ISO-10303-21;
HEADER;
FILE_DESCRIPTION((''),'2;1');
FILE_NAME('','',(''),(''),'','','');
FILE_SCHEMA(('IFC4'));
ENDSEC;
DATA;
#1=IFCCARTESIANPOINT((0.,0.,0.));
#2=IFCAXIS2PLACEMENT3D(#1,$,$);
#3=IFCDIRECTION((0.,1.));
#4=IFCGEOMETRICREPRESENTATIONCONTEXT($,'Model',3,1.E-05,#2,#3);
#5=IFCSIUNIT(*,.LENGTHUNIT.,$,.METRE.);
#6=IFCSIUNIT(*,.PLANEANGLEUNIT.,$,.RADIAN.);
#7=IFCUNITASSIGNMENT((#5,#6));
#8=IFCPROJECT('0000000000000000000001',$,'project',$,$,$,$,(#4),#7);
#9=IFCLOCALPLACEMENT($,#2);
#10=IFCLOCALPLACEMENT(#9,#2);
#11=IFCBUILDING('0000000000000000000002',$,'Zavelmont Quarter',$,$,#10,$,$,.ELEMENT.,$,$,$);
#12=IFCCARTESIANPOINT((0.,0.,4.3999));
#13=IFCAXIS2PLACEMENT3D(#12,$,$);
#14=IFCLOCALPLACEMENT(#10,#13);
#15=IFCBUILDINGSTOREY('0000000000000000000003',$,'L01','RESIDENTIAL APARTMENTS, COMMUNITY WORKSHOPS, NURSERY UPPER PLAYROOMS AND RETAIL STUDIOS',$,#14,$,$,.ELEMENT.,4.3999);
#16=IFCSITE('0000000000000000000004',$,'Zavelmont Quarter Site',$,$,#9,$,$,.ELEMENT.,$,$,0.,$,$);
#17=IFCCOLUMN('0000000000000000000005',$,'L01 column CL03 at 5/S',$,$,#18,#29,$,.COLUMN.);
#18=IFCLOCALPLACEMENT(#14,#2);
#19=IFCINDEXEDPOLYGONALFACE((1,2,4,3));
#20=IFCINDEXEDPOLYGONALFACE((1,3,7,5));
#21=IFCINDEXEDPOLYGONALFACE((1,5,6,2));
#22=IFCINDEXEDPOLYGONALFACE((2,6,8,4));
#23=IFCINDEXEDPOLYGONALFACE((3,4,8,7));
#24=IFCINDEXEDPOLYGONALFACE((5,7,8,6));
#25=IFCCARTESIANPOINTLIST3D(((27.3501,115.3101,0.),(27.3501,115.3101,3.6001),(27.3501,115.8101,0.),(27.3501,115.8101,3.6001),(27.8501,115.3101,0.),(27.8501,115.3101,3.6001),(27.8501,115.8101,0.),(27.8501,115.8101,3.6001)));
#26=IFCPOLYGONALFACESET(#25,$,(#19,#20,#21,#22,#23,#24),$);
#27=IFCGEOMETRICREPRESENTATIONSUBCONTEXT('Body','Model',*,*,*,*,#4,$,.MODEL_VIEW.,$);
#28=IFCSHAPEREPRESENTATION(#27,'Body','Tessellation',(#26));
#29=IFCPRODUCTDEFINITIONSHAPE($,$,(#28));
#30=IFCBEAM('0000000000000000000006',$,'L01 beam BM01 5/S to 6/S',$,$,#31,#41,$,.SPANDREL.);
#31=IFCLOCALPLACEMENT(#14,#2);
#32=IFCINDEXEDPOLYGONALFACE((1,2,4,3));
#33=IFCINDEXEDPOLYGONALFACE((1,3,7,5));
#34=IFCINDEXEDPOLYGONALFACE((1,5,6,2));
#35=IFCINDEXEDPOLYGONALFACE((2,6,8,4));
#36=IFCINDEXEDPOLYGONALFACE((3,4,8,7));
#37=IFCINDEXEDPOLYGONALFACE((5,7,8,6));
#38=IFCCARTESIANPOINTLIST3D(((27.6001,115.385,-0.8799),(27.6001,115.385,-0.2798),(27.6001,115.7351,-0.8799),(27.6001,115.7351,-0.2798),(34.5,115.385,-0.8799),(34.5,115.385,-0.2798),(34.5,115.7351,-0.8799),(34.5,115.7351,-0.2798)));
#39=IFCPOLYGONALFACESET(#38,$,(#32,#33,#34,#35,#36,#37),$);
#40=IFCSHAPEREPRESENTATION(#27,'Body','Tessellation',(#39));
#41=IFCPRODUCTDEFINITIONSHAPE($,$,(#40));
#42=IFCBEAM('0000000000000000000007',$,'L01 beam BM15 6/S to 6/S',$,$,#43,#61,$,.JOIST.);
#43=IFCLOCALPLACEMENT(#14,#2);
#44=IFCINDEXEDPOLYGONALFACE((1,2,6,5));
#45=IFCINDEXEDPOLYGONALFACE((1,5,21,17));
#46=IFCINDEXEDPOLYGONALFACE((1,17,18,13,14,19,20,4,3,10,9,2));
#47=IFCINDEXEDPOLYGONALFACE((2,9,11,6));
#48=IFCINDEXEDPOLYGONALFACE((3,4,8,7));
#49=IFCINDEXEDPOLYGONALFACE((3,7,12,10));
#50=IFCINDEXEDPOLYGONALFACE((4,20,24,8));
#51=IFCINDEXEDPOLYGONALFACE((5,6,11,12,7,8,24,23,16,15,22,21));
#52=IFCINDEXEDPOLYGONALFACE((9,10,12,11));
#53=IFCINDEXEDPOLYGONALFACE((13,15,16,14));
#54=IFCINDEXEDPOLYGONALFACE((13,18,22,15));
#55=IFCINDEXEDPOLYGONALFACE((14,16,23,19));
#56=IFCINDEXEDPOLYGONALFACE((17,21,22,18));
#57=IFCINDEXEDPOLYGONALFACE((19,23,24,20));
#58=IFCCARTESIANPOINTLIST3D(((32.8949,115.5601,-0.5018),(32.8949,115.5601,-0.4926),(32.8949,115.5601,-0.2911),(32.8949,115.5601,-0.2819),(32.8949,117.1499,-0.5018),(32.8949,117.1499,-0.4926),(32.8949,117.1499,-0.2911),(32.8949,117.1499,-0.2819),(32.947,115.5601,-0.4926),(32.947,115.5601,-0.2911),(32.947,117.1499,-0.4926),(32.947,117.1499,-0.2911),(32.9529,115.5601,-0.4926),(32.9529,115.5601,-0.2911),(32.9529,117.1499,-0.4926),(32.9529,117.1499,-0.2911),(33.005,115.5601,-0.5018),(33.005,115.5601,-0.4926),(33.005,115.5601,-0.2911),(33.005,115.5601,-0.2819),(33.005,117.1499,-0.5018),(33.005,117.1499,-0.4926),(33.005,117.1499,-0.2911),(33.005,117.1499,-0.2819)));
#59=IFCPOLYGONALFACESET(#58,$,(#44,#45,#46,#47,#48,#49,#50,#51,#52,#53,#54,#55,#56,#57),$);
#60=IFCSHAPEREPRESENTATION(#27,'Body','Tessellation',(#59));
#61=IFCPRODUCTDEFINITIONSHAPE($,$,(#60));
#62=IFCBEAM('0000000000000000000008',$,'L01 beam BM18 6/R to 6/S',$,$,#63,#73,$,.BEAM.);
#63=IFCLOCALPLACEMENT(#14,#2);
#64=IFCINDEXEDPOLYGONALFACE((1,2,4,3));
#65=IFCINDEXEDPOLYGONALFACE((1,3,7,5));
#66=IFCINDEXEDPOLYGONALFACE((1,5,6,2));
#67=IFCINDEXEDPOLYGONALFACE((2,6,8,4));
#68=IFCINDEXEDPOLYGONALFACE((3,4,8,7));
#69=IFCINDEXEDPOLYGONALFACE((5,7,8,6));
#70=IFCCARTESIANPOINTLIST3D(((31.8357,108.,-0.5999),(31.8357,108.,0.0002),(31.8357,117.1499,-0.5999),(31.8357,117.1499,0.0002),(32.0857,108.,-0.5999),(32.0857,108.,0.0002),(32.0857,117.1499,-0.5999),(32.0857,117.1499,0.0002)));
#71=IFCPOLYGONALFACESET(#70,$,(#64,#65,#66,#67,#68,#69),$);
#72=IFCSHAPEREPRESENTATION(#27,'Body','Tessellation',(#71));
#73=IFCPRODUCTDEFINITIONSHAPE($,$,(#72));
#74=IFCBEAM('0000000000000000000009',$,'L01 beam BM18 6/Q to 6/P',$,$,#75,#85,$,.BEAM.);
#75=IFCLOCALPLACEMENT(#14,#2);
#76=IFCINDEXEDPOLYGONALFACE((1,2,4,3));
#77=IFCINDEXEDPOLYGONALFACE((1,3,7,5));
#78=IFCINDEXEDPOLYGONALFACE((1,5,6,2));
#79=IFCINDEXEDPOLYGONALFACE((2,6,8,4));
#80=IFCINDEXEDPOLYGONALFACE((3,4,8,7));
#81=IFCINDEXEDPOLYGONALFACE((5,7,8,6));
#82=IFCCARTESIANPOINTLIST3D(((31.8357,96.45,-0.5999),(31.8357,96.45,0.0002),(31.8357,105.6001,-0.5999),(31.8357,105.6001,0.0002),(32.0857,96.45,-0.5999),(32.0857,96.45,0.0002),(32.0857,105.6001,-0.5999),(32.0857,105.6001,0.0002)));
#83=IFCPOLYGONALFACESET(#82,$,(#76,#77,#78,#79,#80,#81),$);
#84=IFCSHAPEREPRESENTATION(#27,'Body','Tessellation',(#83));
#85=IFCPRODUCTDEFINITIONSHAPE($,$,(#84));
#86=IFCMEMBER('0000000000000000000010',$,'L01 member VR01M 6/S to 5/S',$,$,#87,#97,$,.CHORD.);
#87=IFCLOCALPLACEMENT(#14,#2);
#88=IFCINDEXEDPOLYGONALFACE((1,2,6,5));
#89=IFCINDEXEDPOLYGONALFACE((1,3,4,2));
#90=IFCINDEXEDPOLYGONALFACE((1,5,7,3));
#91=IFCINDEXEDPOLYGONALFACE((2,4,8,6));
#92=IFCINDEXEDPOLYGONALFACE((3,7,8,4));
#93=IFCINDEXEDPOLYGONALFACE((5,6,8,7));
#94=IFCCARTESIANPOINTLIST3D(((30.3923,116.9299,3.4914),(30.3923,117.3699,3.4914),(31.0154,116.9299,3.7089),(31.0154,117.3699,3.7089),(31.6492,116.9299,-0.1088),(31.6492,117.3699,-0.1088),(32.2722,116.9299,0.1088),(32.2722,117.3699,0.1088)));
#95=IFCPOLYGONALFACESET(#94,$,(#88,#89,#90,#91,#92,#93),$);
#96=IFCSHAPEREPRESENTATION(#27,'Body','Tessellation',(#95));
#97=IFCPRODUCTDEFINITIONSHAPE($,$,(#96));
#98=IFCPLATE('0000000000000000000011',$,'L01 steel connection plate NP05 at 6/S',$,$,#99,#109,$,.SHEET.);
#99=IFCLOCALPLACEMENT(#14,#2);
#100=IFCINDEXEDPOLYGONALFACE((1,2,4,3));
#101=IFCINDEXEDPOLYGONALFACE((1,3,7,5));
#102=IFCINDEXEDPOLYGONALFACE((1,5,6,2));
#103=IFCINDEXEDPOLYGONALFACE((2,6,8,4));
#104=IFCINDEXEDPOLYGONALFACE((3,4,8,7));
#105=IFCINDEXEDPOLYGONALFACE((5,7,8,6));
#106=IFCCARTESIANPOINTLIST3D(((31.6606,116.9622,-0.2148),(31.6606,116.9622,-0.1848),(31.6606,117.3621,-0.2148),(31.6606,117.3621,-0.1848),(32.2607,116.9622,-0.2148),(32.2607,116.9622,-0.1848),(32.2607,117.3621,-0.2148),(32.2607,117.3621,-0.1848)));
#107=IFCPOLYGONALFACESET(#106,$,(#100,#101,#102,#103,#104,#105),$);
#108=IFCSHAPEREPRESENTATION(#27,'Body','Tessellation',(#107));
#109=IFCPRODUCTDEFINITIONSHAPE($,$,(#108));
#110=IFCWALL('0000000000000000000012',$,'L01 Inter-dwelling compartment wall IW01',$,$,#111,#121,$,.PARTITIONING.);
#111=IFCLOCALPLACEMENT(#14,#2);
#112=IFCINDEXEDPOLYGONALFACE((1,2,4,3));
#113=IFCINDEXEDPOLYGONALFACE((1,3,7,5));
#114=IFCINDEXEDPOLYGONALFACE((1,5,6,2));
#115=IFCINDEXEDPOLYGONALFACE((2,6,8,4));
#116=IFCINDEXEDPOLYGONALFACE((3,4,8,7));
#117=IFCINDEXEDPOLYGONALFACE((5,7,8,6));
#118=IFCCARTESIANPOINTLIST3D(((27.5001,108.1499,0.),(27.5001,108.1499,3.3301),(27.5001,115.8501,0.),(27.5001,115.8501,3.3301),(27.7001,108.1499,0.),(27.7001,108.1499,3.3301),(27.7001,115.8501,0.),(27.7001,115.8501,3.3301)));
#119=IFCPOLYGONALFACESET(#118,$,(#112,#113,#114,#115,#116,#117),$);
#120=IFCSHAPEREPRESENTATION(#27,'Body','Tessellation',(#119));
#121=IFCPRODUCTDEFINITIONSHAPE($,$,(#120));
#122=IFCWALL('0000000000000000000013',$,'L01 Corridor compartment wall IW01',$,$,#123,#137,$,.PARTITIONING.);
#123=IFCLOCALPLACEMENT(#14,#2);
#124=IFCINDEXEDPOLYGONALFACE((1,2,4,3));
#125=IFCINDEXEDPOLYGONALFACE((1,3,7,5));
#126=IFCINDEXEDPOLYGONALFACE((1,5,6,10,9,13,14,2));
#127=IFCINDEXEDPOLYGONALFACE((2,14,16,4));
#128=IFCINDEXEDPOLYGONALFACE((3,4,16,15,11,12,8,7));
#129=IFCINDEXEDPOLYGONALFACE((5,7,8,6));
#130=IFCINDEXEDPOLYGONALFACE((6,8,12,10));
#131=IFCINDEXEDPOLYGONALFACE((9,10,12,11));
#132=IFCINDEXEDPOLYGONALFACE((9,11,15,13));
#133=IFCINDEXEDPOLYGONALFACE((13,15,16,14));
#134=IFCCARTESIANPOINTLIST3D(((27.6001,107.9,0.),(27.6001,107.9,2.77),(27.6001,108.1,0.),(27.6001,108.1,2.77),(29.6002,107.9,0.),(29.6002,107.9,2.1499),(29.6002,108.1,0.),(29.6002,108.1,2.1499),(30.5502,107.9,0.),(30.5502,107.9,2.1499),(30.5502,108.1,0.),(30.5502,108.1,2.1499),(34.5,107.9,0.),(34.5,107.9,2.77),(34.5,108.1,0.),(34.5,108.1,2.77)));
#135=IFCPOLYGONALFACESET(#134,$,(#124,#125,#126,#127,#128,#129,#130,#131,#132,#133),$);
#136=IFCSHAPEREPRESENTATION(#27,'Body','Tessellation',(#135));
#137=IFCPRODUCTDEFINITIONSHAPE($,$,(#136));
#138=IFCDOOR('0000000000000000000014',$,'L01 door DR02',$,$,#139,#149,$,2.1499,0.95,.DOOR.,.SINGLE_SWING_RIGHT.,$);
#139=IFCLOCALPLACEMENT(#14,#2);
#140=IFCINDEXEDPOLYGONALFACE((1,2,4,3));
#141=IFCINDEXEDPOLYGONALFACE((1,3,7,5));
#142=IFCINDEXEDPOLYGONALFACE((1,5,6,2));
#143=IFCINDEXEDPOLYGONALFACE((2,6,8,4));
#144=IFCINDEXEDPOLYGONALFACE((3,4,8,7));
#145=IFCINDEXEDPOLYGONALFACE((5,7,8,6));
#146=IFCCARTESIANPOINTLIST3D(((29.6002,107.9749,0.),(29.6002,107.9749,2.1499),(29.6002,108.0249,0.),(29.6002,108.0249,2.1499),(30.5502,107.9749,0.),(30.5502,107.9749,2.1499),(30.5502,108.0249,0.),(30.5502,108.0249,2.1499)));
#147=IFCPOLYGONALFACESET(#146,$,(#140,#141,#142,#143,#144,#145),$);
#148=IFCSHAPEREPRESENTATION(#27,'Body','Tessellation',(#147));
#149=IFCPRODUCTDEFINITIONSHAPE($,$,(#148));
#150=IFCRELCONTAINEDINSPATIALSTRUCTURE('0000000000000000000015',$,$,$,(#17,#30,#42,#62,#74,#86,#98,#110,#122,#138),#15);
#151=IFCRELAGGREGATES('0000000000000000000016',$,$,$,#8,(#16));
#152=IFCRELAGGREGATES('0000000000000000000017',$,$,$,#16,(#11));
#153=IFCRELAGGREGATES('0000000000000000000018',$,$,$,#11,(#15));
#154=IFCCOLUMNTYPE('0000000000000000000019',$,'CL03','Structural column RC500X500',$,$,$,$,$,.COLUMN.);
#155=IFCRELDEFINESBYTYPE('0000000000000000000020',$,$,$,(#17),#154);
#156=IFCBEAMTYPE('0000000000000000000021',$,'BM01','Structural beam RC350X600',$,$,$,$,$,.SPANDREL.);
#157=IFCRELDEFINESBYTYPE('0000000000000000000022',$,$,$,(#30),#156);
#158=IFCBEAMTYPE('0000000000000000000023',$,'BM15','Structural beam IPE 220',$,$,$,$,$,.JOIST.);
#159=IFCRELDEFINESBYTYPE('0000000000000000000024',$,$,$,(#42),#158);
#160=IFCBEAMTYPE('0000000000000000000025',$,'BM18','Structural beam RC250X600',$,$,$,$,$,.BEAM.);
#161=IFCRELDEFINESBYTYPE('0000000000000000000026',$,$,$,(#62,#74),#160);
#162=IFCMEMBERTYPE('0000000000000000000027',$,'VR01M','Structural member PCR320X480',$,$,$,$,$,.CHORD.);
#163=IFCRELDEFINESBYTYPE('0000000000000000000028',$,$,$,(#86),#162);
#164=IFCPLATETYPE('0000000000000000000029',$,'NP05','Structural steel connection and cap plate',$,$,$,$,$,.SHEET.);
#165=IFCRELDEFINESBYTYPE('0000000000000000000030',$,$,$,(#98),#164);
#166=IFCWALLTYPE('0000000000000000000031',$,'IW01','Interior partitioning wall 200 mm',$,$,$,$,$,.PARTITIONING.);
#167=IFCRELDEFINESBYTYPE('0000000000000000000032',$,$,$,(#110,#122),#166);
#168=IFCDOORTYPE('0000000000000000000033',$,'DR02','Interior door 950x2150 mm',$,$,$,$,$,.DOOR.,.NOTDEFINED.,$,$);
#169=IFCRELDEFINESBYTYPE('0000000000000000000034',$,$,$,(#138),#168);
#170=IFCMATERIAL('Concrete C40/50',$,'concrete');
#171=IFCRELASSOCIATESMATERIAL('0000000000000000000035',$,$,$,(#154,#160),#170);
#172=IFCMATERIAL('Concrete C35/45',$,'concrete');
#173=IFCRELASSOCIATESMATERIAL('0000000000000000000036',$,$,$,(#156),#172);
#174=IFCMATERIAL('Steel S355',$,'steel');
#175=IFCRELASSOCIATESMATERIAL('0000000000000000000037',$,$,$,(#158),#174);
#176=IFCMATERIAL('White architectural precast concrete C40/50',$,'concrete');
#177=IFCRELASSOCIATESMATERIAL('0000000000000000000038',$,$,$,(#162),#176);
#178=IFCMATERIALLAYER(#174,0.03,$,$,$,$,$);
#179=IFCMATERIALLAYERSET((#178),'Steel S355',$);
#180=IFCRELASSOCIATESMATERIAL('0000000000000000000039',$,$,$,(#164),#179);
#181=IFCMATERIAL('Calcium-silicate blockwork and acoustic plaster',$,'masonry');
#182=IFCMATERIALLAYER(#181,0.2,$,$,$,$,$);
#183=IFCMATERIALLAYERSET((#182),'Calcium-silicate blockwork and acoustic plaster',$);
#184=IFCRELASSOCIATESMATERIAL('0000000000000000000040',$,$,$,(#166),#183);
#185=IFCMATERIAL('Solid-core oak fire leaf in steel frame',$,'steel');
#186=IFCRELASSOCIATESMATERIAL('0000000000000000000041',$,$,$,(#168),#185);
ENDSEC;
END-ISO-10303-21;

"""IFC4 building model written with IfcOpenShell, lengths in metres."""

from ifc_helpers import new_model, si_unit, direction, frame, frame_2d, origin, origin_with_axes, origin_2d, place, context, subcontext, project, spatial, rectangle, i_section, extrude, material, layer, layer_set, material_profile, profile_set, type_object, element, fill, save


model = new_model("IFC4")

# Units and contexts
model_context = context("Model", 3, precision=1e-05, world=origin(), true_north=direction((0.0, 1.0)))
body_context = subcontext(model_context, "Body", "Model", "MODEL_VIEW")
ifc_project = project(units=[si_unit("LENGTHUNIT", "METRE"), si_unit("PLANEANGLEUNIT", "RADIAN")], contexts=[model_context])

# Site, building, storey
site_placement = place(None, origin())
site = spatial("IfcSite", under=ifc_project, at=site_placement, Name="Zavelmont Quarter Site", CompositionType="ELEMENT", RefElevation=0.0)
building_placement = place(site_placement, origin())
building = spatial("IfcBuilding", under=site, at=building_placement, Name="Zavelmont Quarter", CompositionType="ELEMENT")
storey_placement = place(building_placement, frame((0.0, 0.0, 4.3999)))
storey = spatial("IfcBuildingStorey", under=building, at=storey_placement, Name="L01", Description="RESIDENTIAL APARTMENTS, COMMUNITY WORKSHOPS, NURSERY UPPER PLAYROOMS AND RETAIL STUDIOS", CompositionType="ELEMENT", Elevation=4.3999)

# Column
ifc_material_1 = material(Name="Concrete C40/50", Category="concrete")
ifc_material_profile_1 = material_profile(ifc_material_1, rectangle(XDim=0.5, YDim=0.5, at=origin_2d()), Name="RC500X500")
ifc_profile_set_1 = profile_set([ifc_material_profile_1], Name="Concrete C40/50")
column_type = type_object("IfcColumnType", Name="CL03", Description="Structural column RC500X500", PredefinedType="COLUMN", material=ifc_profile_set_1)
column_placement = place(storey_placement, frame((27.6001, 115.5601, 0.0), z_axis=(0.0, 0.0, 1.0), x_axis=(1.0, 0.0, 0.0)))
element("IfcColumn", 1, at=column_placement, inside=storey, type_object=column_type, Name="L01 column CL03 at 5/S", PredefinedType="COLUMN", context=body_context, shape_type="SweptSolid", body=[
    extrude(rectangle(XDim=0.5, YDim=0.5, at=origin_2d()), origin(), (0.0, 0.0, 1.0), 3.6001),
])

# Beams
ifc_material_2 = material(Name="Concrete C35/45", Category="concrete")
ifc_material_profile_2 = material_profile(ifc_material_2, rectangle(XDim=0.3501, YDim=0.6001, at=origin_2d()), Name="RC350X600")
ifc_profile_set_2 = profile_set([ifc_material_profile_2], Name="Concrete C35/45")
beam_type_1 = type_object("IfcBeamType", Name="BM01", Description="Structural beam RC350X600", PredefinedType="SPANDREL", material=ifc_profile_set_2)
beam_1_placement = place(storey_placement, frame((27.6001, 115.5601, -0.5798), z_axis=(1.0, 0.0, 0.0), x_axis=(0.0, 1.0, 0.0)))
element("IfcBeam", 2, at=beam_1_placement, inside=storey, type_object=beam_type_1, Name="L01 beam BM01 5/S to 6/S", PredefinedType="SPANDREL", context=body_context, shape_type="SweptSolid", body=[
    extrude(rectangle(XDim=0.3501, YDim=0.6001, at=origin_2d()), origin(), (0.0, 0.0, 1.0), 6.8999),
])
ifc_material_3 = material(Name="Steel S355", Category="steel")
ifc_material_profile_3 = material_profile(ifc_material_3, i_section(OverallWidth=0.1101, OverallDepth=0.22, WebThickness=0.0059, FlangeThickness=0.0093, at=origin_2d()), Name="IPE 220")
ifc_profile_set_3 = profile_set([ifc_material_profile_3], Name="Steel S355")
beam_type_2 = type_object("IfcBeamType", Name="BM15", Description="Structural beam IPE 220", PredefinedType="JOIST", material=ifc_profile_set_3)
beam_2_placement = place(storey_placement, frame((32.95, 115.5601, -0.3918), z_axis=(0.0, 1.0, 0.0), x_axis=(-1.0, 0.0, 0.0)))
element("IfcBeam", 3, at=beam_2_placement, inside=storey, type_object=beam_type_2, Name="L01 beam BM15 6/S to 6/S", PredefinedType="JOIST", context=body_context, shape_type="SweptSolid", body=[
    extrude(i_section(OverallWidth=0.1101, OverallDepth=0.22, WebThickness=0.0059, FlangeThickness=0.0093, at=origin_2d()), origin(), (0.0, 0.0, 1.0), 1.5898),
])
ifc_material_profile_4 = material_profile(ifc_material_1, rectangle(XDim=0.25, YDim=0.6001, at=origin_2d()), Name="RC250X600")
ifc_profile_set_4 = profile_set([ifc_material_profile_4], Name="Concrete C40/50")
beam_type_3 = type_object("IfcBeamType", Name="BM18", Description="Structural beam RC250X600", PredefinedType="BEAM", material=ifc_profile_set_4)
beam_3_placement = place(storey_placement, frame((31.9607, 108.0, -0.2998), z_axis=(0.0, 1.0, 0.0), x_axis=(-1.0, 0.0, 0.0)))
element("IfcBeam", 4, at=beam_3_placement, inside=storey, type_object=beam_type_3, Name="L01 beam BM18 6/R to 6/S", PredefinedType="BEAM", context=body_context, shape_type="SweptSolid", body=[
    extrude(rectangle(XDim=0.25, YDim=0.6001, at=origin_2d()), origin(), (0.0, 0.0, 1.0), 9.1499),
])
beam_4_placement = place(storey_placement, frame((31.9607, 105.6001, -0.2998), z_axis=(0.0, -1.0, 0.0), x_axis=(1.0, 0.0, 0.0)))
element("IfcBeam", 5, at=beam_4_placement, inside=storey, type_object=beam_type_3, Name="L01 beam BM18 6/Q to 6/P", PredefinedType="BEAM", context=body_context, shape_type="SweptSolid", body=[
    extrude(rectangle(XDim=0.25, YDim=0.6001, at=origin_2d()), origin(), (0.0, 0.0, 1.0), 9.1501),
])

# Member
ifc_material_4 = material(Name="White architectural precast concrete C40/50", Category="concrete")
ifc_material_profile_5 = material_profile(ifc_material_4, rectangle(XDim=0.4399, YDim=0.6599, at=origin_2d()), Name="PCR320X480")
ifc_profile_set_5 = profile_set([ifc_material_profile_5], Name="White architectural precast concrete C40/50")
member_type = type_object("IfcMemberType", Name="VR01M", Description="Structural member PCR320X480", PredefinedType="CHORD", material=ifc_profile_set_5)
member_placement = place(storey_placement, frame((31.9607, 117.1499, 0.0), z_axis=(-0.329603, 0.0, 0.94412), x_axis=(0.0, -1.0, 0.0)))
element("IfcMember", 6, at=member_placement, inside=storey, type_object=member_type, Name="L01 member VR01M 6/S to 5/S", PredefinedType="CHORD", context=body_context, shape_type="SweptSolid", body=[
    extrude(rectangle(XDim=0.4399, YDim=0.6599, at=origin_2d()), origin(), (0.0, 0.0, 1.0), 3.8132),
])

# Plate
ifc_layer_1 = layer(ifc_material_3, 0.03)
ifc_layer_set_1 = layer_set([ifc_layer_1], Name="Steel S355")
plate_type = type_object("IfcPlateType", Name="NP05", Description="Structural steel connection and cap plate", PredefinedType="SHEET", material=ifc_layer_set_1)
plate_placement = place(storey_placement, frame((31.9607, 117.1621, -0.2148), z_axis=(0.0, 0.0, 1.0), x_axis=(1.0, 0.0, 0.0)))
element("IfcPlate", 7, at=plate_placement, inside=storey, type_object=plate_type, Name="L01 steel connection plate NP05 at 6/S", PredefinedType="SHEET", context=body_context, shape_type="SweptSolid", body=[
    extrude(rectangle(XDim=0.6001, YDim=0.3999, at=origin_2d()), origin(), (0.0, 0.0, 1.0), 0.03),
])

# Wall
ifc_material_5 = material(Name="Calcium-silicate blockwork and acoustic plaster", Category="masonry")
ifc_layer_2 = layer(ifc_material_5, 0.2)
ifc_layer_set_2 = layer_set([ifc_layer_2], Name="Calcium-silicate blockwork and acoustic plaster")
wall_type_1 = type_object("IfcWallType", Name="IW01", Description="Interior partitioning wall 200 mm", PredefinedType="PARTITIONING", material=ifc_layer_set_2)
wall_1_placement = place(storey_placement, frame((27.6001, 108.1499, 0.0), z_axis=(0.0, 0.0, 1.0), x_axis=(0.0, 1.0, 0.0)))
element("IfcWall", 8, at=wall_1_placement, inside=storey, type_object=wall_type_1, Name="L01 Inter-dwelling compartment wall IW01", PredefinedType="PARTITIONING", context=body_context, shape_type="SweptSolid", body=[
    extrude(rectangle(XDim=7.7002, YDim=0.2, at=frame_2d((3.8501, 0.0))), origin(), (0.0, 0.0, 1.0), 3.3301),
])

# Wall, opening, door
wall_2_placement = place(storey_placement, frame((27.6001, 108.0, 0.0), z_axis=(0.0, 0.0, 1.0), x_axis=(1.0, 0.0, 0.0)))
wall_2 = element("IfcWall", 9, at=wall_2_placement, inside=storey, type_object=wall_type_1, Name="L01 Corridor compartment wall IW01", PredefinedType="PARTITIONING", context=body_context, shape_type="SweptSolid", body=[
    extrude(rectangle(XDim=6.8999, YDim=0.2, at=frame_2d((3.45, 0.0))), origin(), (0.0, 0.0, 1.0), 2.77),
])
opening_1_placement = place(wall_2_placement, frame((2.0, 0.0, 0.0)))
opening_1 = element("IfcOpeningElement", 10, at=opening_1_placement, cuts=wall_2, PredefinedType="OPENING", context=body_context, shape_type="SweptSolid", body=[
    extrude(rectangle(XDim=0.95, YDim=2.1499, at=frame_2d((0.4751, 1.075))), frame((0.0, 0.1118, 0.0), z_axis=(0.0, -1.0, 0.0), x_axis=(1.0, 0.0, 0.0)), (0.0, 0.0, 1.0), 0.2239),
])
ifc_material_6 = material(Name="Solid-core oak fire leaf in steel frame", Category="steel")
door_type_1 = type_object("IfcDoorType", Name="DR02", Description="Interior door 950x2150 mm", OperationType="NOTDEFINED", PredefinedType="DOOR", material=ifc_material_6)
door_1_placement = place(opening_1_placement, origin_with_axes())
door_1 = element("IfcDoor", 11, at=door_1_placement, inside=storey, type_object=door_type_1, Name="L01 door DR02", OperationType="SINGLE_SWING_RIGHT", OverallHeight=2.1499, OverallWidth=0.95, PredefinedType="DOOR", context=body_context, shape_type="SweptSolid", body=[
    extrude(rectangle(XDim=0.95, YDim=2.1499, at=frame_2d((0.4751, 1.075))), frame((0.0, 0.0249, 0.0), z_axis=(0.0, -1.0, 0.0), x_axis=(1.0, 0.0, 0.0)), (0.0, 0.0, 1.0), 0.05),
])
fill(opening_1, door_1)

save(model, "model.ifc")
